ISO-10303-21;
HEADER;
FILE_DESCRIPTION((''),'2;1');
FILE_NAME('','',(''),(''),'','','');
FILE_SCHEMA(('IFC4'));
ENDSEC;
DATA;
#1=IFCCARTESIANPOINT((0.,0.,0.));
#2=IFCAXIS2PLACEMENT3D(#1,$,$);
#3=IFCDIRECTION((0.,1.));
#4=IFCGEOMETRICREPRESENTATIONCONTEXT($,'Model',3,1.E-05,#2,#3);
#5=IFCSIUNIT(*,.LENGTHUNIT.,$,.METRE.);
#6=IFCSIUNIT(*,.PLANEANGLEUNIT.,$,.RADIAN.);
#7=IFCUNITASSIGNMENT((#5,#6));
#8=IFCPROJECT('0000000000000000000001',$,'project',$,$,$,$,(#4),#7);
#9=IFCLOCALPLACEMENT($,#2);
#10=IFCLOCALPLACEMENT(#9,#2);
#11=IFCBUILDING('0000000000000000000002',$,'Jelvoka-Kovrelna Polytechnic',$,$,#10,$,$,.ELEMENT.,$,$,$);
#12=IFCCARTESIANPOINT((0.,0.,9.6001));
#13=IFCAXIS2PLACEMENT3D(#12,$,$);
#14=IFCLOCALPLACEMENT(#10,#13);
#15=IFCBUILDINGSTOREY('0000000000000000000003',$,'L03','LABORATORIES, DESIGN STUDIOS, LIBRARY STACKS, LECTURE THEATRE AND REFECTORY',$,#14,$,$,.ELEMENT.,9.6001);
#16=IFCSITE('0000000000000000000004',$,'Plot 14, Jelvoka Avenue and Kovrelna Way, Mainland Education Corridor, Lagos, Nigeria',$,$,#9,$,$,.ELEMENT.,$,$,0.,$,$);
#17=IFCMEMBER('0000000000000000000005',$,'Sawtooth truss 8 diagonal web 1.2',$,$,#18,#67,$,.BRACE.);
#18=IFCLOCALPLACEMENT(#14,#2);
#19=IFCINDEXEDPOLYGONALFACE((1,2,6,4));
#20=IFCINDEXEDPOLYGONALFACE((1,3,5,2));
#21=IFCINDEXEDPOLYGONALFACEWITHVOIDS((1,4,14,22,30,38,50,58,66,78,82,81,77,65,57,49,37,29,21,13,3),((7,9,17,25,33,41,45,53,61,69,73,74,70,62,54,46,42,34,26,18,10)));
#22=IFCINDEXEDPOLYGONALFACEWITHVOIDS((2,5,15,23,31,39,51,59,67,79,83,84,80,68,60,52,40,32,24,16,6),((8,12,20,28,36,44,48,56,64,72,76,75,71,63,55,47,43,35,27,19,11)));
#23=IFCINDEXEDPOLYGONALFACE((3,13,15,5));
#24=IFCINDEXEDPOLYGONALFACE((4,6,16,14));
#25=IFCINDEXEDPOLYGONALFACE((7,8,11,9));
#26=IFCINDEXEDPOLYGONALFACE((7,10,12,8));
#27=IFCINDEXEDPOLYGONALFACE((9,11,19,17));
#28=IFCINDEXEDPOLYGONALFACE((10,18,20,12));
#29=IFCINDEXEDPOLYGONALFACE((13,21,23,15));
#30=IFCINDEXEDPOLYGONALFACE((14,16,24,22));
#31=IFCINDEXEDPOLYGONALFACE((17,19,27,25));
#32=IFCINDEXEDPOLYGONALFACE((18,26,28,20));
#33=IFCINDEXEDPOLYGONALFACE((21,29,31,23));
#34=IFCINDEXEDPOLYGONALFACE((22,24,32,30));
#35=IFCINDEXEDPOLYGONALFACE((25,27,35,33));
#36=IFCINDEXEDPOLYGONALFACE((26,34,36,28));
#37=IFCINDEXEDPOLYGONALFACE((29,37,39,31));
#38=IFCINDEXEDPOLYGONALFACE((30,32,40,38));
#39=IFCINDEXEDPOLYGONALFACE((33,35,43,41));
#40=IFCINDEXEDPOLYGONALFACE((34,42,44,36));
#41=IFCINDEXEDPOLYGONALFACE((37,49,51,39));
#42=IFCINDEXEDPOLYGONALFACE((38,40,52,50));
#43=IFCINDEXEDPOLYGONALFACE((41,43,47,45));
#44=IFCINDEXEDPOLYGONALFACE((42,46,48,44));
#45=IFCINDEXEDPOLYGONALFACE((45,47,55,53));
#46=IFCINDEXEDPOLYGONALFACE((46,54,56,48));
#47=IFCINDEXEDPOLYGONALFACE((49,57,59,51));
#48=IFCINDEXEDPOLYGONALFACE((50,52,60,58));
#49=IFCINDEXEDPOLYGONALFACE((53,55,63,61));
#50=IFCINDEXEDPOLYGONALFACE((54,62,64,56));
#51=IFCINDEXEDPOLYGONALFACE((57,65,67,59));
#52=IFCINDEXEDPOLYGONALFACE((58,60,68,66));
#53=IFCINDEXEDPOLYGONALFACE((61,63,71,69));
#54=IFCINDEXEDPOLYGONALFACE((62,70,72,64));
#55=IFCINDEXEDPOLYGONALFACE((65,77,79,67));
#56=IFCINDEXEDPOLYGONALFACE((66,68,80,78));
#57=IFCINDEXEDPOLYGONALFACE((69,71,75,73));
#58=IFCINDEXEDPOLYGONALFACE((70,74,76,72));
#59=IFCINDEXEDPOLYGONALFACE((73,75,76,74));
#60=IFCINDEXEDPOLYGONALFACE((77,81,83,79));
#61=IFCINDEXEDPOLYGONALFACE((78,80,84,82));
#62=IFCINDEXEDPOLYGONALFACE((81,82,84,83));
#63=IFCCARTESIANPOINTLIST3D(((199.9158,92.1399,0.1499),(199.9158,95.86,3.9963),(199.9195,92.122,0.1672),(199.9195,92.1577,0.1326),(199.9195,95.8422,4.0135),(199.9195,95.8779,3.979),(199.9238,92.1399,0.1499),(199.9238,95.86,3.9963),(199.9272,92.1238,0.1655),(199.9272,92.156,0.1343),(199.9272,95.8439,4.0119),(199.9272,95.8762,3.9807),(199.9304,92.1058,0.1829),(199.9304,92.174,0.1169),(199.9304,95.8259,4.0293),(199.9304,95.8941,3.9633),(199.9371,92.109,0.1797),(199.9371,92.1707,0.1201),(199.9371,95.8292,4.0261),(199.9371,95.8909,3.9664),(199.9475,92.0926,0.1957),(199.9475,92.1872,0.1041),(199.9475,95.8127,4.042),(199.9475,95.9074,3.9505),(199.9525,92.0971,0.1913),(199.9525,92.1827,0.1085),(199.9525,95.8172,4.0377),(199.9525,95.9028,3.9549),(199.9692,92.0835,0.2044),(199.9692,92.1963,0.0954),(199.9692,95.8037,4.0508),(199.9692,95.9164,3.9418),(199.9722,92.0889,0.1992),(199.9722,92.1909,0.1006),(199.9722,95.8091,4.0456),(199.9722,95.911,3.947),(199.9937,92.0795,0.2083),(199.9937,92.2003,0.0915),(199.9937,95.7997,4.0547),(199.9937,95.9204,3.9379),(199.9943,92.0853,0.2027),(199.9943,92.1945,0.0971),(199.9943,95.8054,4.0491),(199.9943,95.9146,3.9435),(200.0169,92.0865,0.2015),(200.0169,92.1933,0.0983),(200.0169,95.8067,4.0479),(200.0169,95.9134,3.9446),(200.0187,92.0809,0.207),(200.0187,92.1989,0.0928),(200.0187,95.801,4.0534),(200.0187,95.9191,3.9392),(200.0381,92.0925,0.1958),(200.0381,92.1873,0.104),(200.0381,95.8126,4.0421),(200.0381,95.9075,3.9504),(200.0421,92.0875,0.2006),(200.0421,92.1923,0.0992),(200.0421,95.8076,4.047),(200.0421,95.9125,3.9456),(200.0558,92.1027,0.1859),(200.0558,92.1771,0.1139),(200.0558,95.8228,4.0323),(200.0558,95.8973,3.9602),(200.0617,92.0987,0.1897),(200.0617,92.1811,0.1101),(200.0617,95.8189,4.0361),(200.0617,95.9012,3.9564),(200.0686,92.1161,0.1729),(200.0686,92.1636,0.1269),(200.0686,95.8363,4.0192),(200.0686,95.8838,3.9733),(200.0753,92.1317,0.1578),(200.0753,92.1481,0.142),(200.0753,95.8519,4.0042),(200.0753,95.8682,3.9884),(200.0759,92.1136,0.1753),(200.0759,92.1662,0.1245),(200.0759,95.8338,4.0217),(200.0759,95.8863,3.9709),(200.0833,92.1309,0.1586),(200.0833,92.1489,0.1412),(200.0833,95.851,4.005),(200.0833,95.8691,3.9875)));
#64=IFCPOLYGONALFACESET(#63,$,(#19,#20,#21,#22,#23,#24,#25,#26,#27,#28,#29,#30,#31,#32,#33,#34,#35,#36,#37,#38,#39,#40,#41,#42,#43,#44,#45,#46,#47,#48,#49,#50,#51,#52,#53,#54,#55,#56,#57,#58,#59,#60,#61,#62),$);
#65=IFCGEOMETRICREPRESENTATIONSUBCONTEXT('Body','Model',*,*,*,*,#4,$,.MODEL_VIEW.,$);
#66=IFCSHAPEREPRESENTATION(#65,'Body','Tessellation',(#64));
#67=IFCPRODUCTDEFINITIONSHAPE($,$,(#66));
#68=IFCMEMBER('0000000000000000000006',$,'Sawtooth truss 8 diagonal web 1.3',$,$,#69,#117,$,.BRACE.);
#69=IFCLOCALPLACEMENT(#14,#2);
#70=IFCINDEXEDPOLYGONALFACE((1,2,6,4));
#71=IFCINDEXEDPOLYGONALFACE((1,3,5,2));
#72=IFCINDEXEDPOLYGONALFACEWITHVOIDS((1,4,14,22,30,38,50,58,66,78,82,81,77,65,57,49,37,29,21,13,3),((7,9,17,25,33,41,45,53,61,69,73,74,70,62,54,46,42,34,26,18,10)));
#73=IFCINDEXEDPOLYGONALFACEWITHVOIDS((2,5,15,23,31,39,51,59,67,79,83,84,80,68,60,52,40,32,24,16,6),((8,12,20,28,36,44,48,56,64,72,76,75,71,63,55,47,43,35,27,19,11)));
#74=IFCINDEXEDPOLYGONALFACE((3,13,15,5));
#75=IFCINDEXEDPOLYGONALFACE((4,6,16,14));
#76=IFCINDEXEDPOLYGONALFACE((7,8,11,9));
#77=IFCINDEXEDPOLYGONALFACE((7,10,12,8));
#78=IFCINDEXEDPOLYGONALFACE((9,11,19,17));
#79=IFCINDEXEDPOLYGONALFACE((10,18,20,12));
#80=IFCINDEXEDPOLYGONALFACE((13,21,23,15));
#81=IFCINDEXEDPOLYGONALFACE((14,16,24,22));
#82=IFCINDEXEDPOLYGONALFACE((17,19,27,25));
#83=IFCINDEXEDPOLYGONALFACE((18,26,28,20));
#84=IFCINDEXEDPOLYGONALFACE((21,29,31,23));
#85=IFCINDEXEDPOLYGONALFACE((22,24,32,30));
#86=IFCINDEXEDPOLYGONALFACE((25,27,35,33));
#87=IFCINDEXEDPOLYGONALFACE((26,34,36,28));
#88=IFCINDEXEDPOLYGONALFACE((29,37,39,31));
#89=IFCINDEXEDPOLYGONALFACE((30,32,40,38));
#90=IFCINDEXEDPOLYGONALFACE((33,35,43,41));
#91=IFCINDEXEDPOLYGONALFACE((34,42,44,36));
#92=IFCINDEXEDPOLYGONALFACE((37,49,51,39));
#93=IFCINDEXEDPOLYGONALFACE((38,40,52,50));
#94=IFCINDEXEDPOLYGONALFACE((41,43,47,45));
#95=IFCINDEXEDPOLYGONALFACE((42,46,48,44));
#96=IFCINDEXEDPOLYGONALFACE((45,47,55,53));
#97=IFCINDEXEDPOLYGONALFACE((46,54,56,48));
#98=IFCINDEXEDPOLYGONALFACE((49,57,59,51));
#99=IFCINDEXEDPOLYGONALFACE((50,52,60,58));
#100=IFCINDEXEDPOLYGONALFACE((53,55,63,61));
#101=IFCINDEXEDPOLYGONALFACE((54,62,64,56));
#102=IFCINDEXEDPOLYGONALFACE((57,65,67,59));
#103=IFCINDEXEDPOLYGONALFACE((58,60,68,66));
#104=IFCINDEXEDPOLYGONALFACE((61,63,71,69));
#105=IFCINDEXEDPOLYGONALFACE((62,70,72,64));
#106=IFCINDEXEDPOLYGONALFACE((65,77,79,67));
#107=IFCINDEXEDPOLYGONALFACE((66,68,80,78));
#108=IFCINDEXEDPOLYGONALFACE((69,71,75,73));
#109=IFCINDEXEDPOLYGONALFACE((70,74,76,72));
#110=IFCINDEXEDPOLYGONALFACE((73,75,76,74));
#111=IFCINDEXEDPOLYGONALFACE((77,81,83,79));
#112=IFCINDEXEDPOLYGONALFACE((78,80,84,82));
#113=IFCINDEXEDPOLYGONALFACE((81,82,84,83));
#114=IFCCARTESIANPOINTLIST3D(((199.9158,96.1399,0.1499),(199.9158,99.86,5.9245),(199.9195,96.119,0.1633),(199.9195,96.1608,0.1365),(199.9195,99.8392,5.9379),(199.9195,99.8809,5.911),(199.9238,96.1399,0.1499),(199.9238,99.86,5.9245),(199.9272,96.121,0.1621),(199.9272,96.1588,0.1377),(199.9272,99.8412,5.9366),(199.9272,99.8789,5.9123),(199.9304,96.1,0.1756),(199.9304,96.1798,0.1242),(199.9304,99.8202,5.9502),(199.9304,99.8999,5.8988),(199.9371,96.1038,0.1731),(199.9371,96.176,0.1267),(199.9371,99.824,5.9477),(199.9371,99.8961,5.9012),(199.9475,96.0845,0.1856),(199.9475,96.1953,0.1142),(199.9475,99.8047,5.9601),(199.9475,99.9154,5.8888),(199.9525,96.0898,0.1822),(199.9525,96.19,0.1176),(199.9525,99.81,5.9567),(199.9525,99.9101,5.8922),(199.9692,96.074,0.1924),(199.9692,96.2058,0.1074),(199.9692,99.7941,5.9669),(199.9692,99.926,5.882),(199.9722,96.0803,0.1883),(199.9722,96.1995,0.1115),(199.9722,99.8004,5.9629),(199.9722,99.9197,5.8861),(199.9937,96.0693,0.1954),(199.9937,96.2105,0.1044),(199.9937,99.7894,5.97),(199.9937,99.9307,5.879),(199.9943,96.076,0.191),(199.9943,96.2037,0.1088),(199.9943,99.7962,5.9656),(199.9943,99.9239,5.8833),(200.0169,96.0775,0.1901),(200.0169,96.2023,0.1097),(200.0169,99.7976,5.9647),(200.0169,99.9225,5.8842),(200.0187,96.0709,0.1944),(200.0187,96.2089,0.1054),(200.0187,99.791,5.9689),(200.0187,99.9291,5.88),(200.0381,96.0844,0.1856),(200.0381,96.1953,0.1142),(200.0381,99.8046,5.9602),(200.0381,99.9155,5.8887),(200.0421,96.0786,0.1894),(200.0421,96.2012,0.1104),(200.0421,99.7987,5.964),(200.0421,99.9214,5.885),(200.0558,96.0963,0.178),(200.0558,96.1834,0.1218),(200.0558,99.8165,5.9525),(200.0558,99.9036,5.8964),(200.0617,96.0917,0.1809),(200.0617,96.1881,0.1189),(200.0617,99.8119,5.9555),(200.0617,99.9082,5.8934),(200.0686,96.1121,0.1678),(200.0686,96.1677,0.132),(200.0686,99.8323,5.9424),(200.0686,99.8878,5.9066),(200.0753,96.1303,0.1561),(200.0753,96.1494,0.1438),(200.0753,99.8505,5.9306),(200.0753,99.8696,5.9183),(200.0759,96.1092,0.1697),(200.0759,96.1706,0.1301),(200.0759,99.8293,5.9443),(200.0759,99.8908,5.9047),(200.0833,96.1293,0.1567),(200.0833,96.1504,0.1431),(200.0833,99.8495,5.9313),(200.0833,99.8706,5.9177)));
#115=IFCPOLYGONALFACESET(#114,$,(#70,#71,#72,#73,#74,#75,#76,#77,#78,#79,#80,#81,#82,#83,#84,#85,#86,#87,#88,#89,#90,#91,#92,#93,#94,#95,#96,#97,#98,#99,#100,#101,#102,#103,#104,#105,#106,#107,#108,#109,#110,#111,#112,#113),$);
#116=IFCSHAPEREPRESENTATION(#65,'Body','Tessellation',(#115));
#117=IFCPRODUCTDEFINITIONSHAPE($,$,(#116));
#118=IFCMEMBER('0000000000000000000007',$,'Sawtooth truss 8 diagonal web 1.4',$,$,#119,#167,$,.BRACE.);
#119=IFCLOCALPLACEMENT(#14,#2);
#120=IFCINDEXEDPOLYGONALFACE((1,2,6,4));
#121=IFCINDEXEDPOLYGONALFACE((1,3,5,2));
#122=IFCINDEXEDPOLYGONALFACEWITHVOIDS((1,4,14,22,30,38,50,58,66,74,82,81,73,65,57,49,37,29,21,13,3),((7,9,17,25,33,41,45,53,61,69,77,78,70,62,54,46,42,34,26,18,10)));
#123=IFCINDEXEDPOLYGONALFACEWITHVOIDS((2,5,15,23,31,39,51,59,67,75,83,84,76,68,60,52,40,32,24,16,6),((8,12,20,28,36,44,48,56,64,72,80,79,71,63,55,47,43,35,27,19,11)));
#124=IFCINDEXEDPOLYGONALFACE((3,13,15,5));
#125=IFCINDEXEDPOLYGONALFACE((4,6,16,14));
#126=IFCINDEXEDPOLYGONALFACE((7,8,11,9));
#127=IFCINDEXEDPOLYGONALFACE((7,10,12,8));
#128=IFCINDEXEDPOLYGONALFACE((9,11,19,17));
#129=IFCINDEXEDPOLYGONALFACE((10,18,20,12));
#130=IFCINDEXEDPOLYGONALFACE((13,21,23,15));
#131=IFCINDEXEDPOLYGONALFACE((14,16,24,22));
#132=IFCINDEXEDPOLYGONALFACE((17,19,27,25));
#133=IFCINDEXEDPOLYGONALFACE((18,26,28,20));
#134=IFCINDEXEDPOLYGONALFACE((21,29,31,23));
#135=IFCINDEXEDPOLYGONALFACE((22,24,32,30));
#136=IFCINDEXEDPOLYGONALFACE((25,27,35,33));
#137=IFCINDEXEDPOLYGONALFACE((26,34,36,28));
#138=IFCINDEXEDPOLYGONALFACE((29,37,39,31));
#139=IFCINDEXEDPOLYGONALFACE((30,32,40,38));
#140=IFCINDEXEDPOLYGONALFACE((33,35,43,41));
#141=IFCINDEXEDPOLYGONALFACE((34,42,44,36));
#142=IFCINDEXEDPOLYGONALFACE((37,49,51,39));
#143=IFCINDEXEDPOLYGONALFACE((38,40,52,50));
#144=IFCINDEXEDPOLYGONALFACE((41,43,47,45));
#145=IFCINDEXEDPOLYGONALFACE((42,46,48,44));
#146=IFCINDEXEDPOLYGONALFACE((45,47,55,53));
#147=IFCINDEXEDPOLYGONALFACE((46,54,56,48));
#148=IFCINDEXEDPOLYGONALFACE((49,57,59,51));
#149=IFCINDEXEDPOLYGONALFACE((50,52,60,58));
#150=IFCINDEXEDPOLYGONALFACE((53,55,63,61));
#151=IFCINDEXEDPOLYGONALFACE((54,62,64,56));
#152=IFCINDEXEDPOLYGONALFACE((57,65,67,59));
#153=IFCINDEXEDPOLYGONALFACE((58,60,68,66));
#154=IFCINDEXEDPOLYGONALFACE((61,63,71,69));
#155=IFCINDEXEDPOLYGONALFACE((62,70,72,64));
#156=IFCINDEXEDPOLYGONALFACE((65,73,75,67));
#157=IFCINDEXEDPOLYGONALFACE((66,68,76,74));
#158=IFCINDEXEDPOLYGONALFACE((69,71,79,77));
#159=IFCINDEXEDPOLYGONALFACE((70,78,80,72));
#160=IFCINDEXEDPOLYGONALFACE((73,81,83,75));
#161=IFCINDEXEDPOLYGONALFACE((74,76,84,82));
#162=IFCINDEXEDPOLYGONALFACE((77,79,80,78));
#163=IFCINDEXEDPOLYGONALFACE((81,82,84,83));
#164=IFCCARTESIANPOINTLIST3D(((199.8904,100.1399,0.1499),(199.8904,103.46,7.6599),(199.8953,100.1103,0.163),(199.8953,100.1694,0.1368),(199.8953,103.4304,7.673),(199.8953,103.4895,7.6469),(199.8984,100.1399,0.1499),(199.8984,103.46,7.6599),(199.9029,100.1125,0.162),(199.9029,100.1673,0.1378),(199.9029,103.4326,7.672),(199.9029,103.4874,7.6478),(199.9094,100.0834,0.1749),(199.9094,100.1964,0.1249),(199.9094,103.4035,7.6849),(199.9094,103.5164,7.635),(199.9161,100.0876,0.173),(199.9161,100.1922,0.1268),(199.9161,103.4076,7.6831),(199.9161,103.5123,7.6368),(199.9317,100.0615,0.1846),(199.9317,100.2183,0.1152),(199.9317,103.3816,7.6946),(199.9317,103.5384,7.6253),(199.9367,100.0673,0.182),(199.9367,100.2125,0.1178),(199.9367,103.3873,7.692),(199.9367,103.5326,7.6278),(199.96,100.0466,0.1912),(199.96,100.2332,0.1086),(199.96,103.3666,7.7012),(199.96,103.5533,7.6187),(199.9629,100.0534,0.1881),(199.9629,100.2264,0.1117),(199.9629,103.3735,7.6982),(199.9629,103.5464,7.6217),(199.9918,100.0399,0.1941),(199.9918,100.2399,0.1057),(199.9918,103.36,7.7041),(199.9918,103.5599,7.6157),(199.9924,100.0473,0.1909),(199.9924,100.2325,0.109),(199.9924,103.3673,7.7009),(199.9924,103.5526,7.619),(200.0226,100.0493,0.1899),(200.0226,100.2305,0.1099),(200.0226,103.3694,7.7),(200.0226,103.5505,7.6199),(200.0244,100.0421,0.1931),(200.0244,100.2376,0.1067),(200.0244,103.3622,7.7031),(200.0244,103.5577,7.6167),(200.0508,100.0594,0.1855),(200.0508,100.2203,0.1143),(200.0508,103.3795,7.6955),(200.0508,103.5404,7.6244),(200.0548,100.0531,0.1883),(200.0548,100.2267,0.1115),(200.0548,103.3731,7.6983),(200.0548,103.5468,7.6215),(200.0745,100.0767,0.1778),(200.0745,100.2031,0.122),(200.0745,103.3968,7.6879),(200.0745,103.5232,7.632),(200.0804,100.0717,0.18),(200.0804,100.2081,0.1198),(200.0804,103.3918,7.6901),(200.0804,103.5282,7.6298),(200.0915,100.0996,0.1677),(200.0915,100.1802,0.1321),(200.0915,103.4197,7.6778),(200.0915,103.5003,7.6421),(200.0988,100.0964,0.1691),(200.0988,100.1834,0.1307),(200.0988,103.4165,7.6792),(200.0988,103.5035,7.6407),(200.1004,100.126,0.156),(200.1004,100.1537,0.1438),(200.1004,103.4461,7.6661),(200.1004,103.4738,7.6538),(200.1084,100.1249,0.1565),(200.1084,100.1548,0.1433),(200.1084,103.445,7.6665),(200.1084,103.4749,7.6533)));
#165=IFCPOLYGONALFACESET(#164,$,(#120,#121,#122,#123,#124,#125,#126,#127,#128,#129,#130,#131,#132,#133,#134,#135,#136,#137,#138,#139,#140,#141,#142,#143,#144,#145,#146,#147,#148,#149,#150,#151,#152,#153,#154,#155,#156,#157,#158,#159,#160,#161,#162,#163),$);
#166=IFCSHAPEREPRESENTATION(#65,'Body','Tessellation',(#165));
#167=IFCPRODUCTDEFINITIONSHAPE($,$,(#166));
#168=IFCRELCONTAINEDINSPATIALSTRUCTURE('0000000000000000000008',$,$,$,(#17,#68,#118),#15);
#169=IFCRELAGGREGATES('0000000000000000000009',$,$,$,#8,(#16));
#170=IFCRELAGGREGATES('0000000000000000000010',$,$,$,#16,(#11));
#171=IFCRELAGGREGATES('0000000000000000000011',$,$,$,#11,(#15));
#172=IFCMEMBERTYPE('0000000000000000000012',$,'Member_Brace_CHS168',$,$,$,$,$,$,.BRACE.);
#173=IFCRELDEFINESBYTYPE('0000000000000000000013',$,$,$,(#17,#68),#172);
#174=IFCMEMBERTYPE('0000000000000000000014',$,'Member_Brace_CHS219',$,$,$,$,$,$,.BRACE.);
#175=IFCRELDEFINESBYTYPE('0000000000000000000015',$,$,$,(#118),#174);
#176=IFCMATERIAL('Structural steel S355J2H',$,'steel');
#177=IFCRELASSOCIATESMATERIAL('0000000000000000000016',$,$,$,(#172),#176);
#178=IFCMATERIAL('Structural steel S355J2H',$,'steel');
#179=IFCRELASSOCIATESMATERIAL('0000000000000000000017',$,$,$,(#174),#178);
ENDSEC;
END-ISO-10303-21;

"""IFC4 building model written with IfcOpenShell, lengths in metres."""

from ifc_helpers import new_model, si_unit, direction, frame, origin, origin_2d, place, context, subcontext, project, spatial, hollow_circle, extrude, material, material_profile, profile_set, type_object, element, save


model = new_model("IFC4")

# Units and contexts
model_context = context("Model", 3, precision=1e-05, world=origin(), true_north=direction((0.0, 1.0)))
body_context = subcontext(model_context, "Body", "Model", "MODEL_VIEW")
ifc_project = project(units=[si_unit("LENGTHUNIT", "METRE"), si_unit("PLANEANGLEUNIT", "RADIAN")], contexts=[model_context])

# Site, building, storey
site_placement = place(None, origin())
site = spatial("IfcSite", under=ifc_project, at=site_placement, Name="Plot 14, Jelvoka Avenue and Kovrelna Way, Mainland Education Corridor, Lagos, Nigeria", CompositionType="ELEMENT", RefElevation=0.0)
building_placement = place(site_placement, origin())
building = spatial("IfcBuilding", under=site, at=building_placement, Name="Jelvoka-Kovrelna Polytechnic", CompositionType="ELEMENT")
storey_placement = place(building_placement, frame((0.0, 0.0, 9.6001)))
storey = spatial("IfcBuildingStorey", under=building, at=storey_placement, Name="L03", Description="LABORATORIES, DESIGN STUDIOS, LIBRARY STACKS, LECTURE THEATRE AND REFECTORY", CompositionType="ELEMENT", Elevation=9.6001)

# Members
ifc_material_1 = material(Name="Structural steel S355J2H", Category="steel")
ifc_material_profile_1 = material_profile(ifc_material_1, hollow_circle(Radius=0.0842, WallThickness=0.0081, at=origin_2d()), Name="168.3x8.0 CHS")
ifc_profile_set_1 = profile_set([ifc_material_profile_1], Name="Structural steel S355J2H")
member_type_1 = type_object("IfcMemberType", Name="Member_Brace_CHS168", PredefinedType="BRACE", material=ifc_profile_set_1)
member_1_placement = place(storey_placement, frame((200.0, 92.1399, 0.1499), z_axis=(0.0, 0.695215, 0.718802), x_axis=(-1.0, 0.0, 0.0)))
element("IfcMember", 1, at=member_1_placement, inside=storey, type_object=member_type_1, Name="Sawtooth truss 8 diagonal web 1.2", PredefinedType="BRACE", context=body_context, shape_type="SweptSolid", body=[
    extrude(hollow_circle(Radius=0.0842, WallThickness=0.0081, at=origin_2d()), origin(), (0.0, 0.0, 1.0), 5.3511),
])
member_2_placement = place(storey_placement, frame((200.0, 96.1399, 0.1499), z_axis=(0.0, 0.541575, 0.840653), x_axis=(-1.0, 0.0, 0.0)))
element("IfcMember", 2, at=member_2_placement, inside=storey, type_object=member_type_1, Name="Sawtooth truss 8 diagonal web 1.3", PredefinedType="BRACE", context=body_context, shape_type="SweptSolid", body=[
    extrude(hollow_circle(Radius=0.0842, WallThickness=0.0081, at=origin_2d()), origin(), (0.0, 0.0, 1.0), 6.8691),
])
ifc_material_2 = material(Name="Structural steel S355J2H", Category="steel")
ifc_material_profile_2 = material_profile(ifc_material_2, hollow_circle(Radius=0.1096, WallThickness=0.0081, at=origin_2d()), Name="219.1x8.0 CHS")
ifc_profile_set_2 = profile_set([ifc_material_profile_2], Name="Structural steel S355J2H")
member_type_2 = type_object("IfcMemberType", Name="Member_Brace_CHS219", PredefinedType="BRACE", material=ifc_profile_set_2)
member_3_placement = place(storey_placement, frame((200.0, 100.1399, 0.1499), z_axis=(0.0, 0.404336, 0.91461), x_axis=(-1.0, 0.0, 0.0)))
element("IfcMember", 3, at=member_3_placement, inside=storey, type_object=member_type_2, Name="Sawtooth truss 8 diagonal web 1.4", PredefinedType="BRACE", context=body_context, shape_type="SweptSolid", body=[
    extrude(hollow_circle(Radius=0.1096, WallThickness=0.0081, at=origin_2d()), origin(), (0.0, 0.0, 1.0), 8.2112),
])

save(model, "model.ifc")
